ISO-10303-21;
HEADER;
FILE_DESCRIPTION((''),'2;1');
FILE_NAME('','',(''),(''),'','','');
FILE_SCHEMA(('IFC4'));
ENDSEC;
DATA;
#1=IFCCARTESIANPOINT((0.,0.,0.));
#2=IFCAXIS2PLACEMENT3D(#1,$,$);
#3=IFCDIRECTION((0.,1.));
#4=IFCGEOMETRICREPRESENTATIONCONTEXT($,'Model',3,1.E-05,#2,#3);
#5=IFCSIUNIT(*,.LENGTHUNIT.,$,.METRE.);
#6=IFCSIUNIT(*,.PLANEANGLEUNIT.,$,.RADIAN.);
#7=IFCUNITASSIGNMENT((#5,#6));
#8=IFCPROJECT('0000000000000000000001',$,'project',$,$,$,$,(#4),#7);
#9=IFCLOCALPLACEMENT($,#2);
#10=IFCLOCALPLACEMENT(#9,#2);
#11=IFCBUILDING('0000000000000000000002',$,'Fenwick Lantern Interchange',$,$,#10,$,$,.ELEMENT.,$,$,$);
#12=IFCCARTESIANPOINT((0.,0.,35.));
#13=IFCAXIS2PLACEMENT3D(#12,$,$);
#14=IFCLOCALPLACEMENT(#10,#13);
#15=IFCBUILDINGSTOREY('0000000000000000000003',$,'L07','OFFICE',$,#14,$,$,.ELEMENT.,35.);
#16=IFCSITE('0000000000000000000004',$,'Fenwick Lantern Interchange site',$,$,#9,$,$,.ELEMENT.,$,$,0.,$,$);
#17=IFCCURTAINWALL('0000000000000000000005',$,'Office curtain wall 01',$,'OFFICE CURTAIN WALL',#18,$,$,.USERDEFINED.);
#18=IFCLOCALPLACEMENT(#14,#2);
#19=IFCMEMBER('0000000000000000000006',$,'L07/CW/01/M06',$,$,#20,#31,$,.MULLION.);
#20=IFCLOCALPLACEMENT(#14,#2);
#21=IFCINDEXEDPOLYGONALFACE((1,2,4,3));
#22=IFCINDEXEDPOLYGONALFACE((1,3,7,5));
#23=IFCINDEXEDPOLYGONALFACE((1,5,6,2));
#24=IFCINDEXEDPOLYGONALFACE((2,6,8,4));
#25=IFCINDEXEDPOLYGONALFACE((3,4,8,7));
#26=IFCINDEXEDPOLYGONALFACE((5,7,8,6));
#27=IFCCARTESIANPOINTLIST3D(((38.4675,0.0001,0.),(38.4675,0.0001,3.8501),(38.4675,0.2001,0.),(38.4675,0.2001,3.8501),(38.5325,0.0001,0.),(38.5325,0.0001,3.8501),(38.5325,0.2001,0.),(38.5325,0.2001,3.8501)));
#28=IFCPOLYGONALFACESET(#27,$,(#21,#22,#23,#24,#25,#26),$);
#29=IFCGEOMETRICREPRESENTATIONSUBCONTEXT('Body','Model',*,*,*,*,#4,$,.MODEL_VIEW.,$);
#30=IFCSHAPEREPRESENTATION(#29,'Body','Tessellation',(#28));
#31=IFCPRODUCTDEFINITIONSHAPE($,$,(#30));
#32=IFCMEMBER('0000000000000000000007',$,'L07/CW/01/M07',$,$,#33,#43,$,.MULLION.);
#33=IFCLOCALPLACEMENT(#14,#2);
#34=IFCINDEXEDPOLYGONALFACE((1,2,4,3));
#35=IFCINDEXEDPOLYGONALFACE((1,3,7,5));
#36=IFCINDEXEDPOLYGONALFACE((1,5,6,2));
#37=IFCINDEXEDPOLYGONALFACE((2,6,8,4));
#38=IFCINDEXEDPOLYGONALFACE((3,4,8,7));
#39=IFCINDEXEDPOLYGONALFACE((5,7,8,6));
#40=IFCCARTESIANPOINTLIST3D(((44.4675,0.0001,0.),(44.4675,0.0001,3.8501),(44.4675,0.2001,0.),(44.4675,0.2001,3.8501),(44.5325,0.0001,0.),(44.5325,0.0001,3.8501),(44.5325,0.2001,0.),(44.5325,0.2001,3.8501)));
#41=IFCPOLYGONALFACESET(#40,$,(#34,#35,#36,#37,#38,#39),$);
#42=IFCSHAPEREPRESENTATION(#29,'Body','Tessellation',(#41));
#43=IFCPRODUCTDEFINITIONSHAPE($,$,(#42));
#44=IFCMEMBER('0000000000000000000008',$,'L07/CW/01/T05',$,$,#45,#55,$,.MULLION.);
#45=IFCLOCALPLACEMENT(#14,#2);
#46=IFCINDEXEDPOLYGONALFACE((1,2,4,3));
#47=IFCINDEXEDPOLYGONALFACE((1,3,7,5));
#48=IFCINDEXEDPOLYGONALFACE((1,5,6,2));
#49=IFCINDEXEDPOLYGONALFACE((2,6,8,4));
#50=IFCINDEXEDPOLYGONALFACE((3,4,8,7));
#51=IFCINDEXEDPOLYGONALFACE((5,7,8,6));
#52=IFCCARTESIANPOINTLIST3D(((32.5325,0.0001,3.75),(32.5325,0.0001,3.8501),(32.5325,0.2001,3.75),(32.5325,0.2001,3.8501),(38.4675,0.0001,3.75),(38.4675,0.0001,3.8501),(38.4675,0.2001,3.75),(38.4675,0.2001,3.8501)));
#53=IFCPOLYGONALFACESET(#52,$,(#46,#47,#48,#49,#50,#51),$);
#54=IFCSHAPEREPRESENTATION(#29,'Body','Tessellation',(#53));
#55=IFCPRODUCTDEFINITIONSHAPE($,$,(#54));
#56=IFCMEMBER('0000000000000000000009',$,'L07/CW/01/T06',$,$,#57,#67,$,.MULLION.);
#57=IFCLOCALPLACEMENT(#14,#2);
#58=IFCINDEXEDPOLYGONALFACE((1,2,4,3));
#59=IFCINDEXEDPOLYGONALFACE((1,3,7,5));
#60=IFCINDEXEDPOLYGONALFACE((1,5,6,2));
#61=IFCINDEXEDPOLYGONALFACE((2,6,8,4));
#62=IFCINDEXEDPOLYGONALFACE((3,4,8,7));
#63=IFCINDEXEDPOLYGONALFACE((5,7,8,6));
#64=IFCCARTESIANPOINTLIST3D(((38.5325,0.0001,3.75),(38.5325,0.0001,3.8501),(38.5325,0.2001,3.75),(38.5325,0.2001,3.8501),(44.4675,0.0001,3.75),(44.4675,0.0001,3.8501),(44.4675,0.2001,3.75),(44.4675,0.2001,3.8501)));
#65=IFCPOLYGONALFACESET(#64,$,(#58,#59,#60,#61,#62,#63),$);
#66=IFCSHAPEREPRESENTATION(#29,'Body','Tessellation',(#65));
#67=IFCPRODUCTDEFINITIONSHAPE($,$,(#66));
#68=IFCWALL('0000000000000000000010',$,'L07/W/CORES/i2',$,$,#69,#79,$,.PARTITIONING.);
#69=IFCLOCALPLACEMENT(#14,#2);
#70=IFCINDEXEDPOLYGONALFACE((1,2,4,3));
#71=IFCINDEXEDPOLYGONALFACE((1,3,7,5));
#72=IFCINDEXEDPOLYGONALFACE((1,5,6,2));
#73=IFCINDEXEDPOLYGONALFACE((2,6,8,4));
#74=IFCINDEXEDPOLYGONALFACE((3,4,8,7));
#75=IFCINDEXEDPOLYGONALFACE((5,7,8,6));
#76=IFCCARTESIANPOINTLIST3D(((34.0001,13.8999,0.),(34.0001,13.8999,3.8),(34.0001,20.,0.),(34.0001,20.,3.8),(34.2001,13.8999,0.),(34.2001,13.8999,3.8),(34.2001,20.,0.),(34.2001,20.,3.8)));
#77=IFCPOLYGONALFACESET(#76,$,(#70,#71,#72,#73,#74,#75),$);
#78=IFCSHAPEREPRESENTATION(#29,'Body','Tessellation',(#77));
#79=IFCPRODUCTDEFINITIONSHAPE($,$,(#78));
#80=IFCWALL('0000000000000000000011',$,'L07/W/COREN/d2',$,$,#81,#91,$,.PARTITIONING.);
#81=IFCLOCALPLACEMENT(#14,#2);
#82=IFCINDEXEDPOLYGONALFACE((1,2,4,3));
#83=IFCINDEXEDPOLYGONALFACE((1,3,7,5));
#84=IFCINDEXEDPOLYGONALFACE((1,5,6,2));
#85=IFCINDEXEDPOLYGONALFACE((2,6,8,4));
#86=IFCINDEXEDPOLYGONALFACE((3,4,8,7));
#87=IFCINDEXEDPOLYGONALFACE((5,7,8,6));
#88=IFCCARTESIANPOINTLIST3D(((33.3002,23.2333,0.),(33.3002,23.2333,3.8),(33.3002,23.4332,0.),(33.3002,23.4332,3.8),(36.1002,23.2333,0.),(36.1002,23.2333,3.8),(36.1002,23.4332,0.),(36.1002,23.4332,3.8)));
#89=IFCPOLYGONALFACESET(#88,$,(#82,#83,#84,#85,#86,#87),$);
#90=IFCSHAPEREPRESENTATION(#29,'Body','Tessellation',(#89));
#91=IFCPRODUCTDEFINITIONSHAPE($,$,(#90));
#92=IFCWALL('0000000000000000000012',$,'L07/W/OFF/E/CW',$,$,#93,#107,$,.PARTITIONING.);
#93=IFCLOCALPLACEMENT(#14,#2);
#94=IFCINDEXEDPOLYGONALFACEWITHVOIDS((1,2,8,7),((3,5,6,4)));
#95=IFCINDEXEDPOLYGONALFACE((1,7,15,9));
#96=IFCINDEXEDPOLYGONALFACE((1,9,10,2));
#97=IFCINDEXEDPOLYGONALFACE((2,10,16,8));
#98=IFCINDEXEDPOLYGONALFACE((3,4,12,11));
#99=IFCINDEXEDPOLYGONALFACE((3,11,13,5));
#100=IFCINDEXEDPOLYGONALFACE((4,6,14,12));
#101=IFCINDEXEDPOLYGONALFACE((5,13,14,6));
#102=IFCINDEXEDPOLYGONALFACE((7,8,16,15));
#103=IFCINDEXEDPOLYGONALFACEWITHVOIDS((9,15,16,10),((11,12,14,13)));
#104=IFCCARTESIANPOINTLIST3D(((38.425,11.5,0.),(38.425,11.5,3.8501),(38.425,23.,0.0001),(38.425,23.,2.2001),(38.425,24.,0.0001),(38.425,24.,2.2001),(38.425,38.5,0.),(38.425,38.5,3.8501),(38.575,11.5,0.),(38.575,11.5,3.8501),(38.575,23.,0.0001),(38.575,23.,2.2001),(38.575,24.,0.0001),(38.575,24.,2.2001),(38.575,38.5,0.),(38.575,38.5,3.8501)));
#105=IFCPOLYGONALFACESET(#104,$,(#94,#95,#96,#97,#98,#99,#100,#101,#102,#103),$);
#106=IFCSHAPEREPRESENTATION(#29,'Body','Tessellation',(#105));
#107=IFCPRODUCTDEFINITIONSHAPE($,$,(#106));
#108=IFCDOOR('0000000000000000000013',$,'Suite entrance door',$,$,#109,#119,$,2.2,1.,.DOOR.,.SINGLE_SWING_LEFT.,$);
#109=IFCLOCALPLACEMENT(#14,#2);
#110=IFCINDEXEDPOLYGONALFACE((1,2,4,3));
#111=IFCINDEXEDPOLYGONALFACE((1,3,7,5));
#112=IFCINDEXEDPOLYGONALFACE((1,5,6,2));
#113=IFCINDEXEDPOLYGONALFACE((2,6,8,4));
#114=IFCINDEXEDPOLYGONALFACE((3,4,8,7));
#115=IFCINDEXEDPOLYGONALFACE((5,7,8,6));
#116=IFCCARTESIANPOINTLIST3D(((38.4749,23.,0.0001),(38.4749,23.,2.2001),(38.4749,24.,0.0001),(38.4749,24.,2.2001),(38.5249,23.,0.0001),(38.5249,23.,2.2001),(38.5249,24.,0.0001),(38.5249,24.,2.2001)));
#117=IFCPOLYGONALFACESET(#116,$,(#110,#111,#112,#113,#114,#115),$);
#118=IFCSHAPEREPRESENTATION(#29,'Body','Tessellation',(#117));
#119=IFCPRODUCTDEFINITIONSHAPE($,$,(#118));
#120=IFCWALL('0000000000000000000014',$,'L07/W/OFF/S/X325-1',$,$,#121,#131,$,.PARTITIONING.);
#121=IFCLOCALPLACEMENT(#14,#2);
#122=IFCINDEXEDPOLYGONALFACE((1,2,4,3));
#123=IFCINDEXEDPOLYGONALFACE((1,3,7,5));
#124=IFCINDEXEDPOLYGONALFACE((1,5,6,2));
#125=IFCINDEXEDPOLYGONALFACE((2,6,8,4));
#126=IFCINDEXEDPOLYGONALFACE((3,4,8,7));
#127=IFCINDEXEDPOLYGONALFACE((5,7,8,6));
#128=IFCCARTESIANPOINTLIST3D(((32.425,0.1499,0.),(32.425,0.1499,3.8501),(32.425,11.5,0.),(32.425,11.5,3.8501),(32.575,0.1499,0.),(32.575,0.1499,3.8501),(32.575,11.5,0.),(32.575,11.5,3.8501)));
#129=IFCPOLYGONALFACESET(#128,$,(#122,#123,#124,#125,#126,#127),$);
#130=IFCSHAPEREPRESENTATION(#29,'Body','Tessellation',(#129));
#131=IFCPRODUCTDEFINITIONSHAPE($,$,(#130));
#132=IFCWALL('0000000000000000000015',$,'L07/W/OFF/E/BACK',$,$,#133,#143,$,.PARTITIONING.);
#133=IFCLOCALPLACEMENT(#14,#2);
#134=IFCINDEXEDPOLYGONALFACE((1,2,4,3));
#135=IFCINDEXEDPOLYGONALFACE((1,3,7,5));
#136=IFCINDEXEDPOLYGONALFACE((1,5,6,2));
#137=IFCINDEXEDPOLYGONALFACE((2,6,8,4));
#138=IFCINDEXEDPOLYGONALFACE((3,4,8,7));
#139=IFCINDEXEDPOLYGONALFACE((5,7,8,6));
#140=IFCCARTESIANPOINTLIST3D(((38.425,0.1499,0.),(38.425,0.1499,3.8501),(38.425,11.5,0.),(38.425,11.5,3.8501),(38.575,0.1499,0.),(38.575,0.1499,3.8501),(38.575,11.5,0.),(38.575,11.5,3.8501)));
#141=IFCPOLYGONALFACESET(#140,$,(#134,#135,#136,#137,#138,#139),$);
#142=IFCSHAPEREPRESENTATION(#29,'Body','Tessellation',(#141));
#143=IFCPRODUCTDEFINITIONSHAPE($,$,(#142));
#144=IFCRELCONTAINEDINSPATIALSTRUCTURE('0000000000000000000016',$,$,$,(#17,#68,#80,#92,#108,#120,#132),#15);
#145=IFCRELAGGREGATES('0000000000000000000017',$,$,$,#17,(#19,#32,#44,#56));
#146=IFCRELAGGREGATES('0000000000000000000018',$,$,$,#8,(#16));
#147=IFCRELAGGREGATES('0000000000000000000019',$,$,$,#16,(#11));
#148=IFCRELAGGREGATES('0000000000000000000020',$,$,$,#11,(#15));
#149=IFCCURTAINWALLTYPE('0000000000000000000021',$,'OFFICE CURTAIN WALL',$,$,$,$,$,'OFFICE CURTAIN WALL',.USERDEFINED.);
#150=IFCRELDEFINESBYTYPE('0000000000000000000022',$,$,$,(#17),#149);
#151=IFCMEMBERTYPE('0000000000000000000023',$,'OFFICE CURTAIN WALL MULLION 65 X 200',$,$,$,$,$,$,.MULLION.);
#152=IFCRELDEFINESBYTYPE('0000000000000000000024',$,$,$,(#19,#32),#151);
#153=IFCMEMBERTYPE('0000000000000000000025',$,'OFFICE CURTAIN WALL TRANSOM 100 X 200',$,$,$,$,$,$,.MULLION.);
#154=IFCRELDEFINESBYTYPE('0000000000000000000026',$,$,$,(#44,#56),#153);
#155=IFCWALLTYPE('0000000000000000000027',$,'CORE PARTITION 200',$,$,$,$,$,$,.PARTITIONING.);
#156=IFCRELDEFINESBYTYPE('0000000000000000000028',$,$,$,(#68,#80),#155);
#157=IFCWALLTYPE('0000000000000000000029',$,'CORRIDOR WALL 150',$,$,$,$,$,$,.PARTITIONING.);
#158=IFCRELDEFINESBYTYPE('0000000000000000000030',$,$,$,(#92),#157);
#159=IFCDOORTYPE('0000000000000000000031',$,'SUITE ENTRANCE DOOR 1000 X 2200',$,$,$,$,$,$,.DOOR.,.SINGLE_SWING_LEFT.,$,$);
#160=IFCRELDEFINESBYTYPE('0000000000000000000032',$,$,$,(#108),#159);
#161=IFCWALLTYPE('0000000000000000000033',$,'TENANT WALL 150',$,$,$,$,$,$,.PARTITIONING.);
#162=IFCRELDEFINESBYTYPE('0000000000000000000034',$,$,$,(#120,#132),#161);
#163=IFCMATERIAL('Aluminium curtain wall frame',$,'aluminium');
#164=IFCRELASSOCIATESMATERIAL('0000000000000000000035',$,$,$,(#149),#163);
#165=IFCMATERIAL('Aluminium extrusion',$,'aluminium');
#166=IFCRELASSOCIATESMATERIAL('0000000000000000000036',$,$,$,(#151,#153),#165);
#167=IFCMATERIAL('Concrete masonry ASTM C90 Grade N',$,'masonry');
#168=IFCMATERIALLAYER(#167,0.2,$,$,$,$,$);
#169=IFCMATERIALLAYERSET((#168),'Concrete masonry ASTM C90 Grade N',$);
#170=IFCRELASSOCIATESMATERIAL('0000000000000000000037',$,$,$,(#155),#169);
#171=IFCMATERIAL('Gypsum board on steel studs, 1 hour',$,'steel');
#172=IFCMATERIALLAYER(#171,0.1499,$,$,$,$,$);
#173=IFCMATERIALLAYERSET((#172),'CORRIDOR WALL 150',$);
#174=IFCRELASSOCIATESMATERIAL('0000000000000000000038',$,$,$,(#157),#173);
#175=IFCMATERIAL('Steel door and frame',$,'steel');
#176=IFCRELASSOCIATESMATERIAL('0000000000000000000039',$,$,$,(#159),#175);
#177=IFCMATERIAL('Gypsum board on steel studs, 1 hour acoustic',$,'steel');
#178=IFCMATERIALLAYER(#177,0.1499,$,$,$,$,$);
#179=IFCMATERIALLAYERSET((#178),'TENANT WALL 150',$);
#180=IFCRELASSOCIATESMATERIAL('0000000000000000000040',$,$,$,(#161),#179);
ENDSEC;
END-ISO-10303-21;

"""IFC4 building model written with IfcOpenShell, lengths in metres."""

from ifc_helpers import new_model, si_unit, direction, frame, frame_2d, origin, origin_2d, place, context, subcontext, project, spatial, rectangle, extrude, material, layer, layer_set, material_profile, profile_set, type_object, element, fill, aggregate, save


model = new_model("IFC4")

# Units and contexts
model_context = context("Model", 3, precision=1e-05, world=origin(), true_north=direction((0.0, 1.0)))
body_context = subcontext(model_context, "Body", "Model", "MODEL_VIEW")
ifc_project = project(units=[si_unit("LENGTHUNIT", "METRE"), si_unit("PLANEANGLEUNIT", "RADIAN")], contexts=[model_context])

# Site, building, storey
site_placement = place(None, origin())
site = spatial("IfcSite", under=ifc_project, at=site_placement, Name="Fenwick Lantern Interchange site", CompositionType="ELEMENT", RefElevation=0.0)
building_placement = place(site_placement, origin())
building = spatial("IfcBuilding", under=site, at=building_placement, Name="Fenwick Lantern Interchange", CompositionType="ELEMENT")
storey_placement = place(building_placement, frame((0.0, 0.0, 35.0)))
storey = spatial("IfcBuildingStorey", under=building, at=storey_placement, Name="L07", Description="OFFICE", CompositionType="ELEMENT", Elevation=35.0)

# Curtain wall, members
ifc_material_1 = material(Name="Aluminium curtain wall frame", Category="aluminium")
curtain_wall_type = type_object("IfcCurtainWallType", Name="OFFICE CURTAIN WALL", ElementType="OFFICE CURTAIN WALL", PredefinedType="USERDEFINED", material=ifc_material_1)
curtain_wall_placement = place(storey_placement, origin())
curtain_wall = element("IfcCurtainWall", 1, at=curtain_wall_placement, inside=storey, type_object=curtain_wall_type, Name="Office curtain wall 01", ObjectType="OFFICE CURTAIN WALL", PredefinedType="USERDEFINED")
ifc_material_2 = material(Name="Aluminium extrusion", Category="aluminium")
ifc_material_profile_1 = material_profile(ifc_material_2, rectangle(XDim=0.2, YDim=0.0649, at=origin_2d()), Name="OFFICE CURTAIN WALL MULLION 65 X 200")
ifc_profile_set_1 = profile_set([ifc_material_profile_1], Name="Aluminium extrusion")
member_type_1 = type_object("IfcMemberType", Name="OFFICE CURTAIN WALL MULLION 65 X 200", PredefinedType="MULLION", material=ifc_profile_set_1)
member_1_placement = place(storey_placement, frame((38.5, 0.1001, 0.0), z_axis=(0.0, 0.0, 1.0), x_axis=(0.0, 1.0, 0.0)))
member_1 = element("IfcMember", 2, at=member_1_placement, type_object=member_type_1, Name="L07/CW/01/M06", PredefinedType="MULLION", context=body_context, shape_type="SweptSolid", body=[
    extrude(rectangle(XDim=0.2, YDim=0.0649, at=origin_2d()), origin(), (0.0, 0.0, 1.0), 3.8501),
])
member_2_placement = place(storey_placement, frame((44.5, 0.1001, 0.0), z_axis=(0.0, 0.0, 1.0), x_axis=(0.0, 1.0, 0.0)))
member_2 = element("IfcMember", 3, at=member_2_placement, type_object=member_type_1, Name="L07/CW/01/M07", PredefinedType="MULLION", context=body_context, shape_type="SweptSolid", body=[
    extrude(rectangle(XDim=0.2, YDim=0.0649, at=origin_2d()), origin(), (0.0, 0.0, 1.0), 3.8501),
])
ifc_material_profile_2 = material_profile(ifc_material_2, rectangle(XDim=0.2, YDim=0.1001, at=origin_2d()), Name="OFFICE CURTAIN WALL TRANSOM 100 X 200")
ifc_profile_set_2 = profile_set([ifc_material_profile_2], Name="Aluminium extrusion")
member_type_2 = type_object("IfcMemberType", Name="OFFICE CURTAIN WALL TRANSOM 100 X 200", PredefinedType="MULLION", material=ifc_profile_set_2)
member_3_placement = place(storey_placement, frame((32.5325, 0.1001, 3.8), z_axis=(1.0, 0.0, 0.0), x_axis=(0.0, 1.0, 0.0)))
member_3 = element("IfcMember", 4, at=member_3_placement, type_object=member_type_2, Name="L07/CW/01/T05", PredefinedType="MULLION", context=body_context, shape_type="SweptSolid", body=[
    extrude(rectangle(XDim=0.2, YDim=0.1001, at=origin_2d()), origin(), (0.0, 0.0, 1.0), 5.9351),
])
member_4_placement = place(storey_placement, frame((38.5325, 0.1001, 3.8), z_axis=(1.0, 0.0, 0.0), x_axis=(0.0, 1.0, 0.0)))
member_4 = element("IfcMember", 5, at=member_4_placement, type_object=member_type_2, Name="L07/CW/01/T06", PredefinedType="MULLION", context=body_context, shape_type="SweptSolid", body=[
    extrude(rectangle(XDim=0.2, YDim=0.1001, at=origin_2d()), origin(), (0.0, 0.0, 1.0), 5.9351),
])
aggregate(curtain_wall, [member_1, member_2, member_3, member_4])

# Walls
ifc_material_3 = material(Name="Concrete masonry ASTM C90 Grade N", Category="masonry")
ifc_layer_1 = layer(ifc_material_3, 0.2)
ifc_layer_set_1 = layer_set([ifc_layer_1], Name="Concrete masonry ASTM C90 Grade N")
wall_type_1 = type_object("IfcWallType", Name="CORE PARTITION 200", PredefinedType="PARTITIONING", material=ifc_layer_set_1)
wall_1_placement = place(storey_placement, frame((34.1001, 13.8999, 0.0), z_axis=(0.0, 0.0, 1.0), x_axis=(0.0, 1.0, 0.0)))
element("IfcWall", 6, at=wall_1_placement, inside=storey, type_object=wall_type_1, Name="L07/W/CORES/i2", PredefinedType="PARTITIONING", context=body_context, shape_type="SweptSolid", body=[
    extrude(rectangle(XDim=6.1001, YDim=0.2, at=frame_2d((3.05, 0.0))), origin(), (0.0, 0.0, 1.0), 3.8),
])
wall_2_placement = place(storey_placement, frame((36.1001, 23.3333, 0.0), z_axis=(0.0, 0.0, 1.0), x_axis=(-1.0, 0.0, 0.0)))
element("IfcWall", 7, at=wall_2_placement, inside=storey, type_object=wall_type_1, Name="L07/W/COREN/d2", PredefinedType="PARTITIONING", context=body_context, shape_type="SweptSolid", body=[
    extrude(rectangle(XDim=2.8, YDim=0.2, at=frame_2d((1.3999, 0.0))), origin(), (0.0, 0.0, 1.0), 3.8),
])

# Shared definitions
ifc_material_4 = material(Name="Steel door and frame", Category="steel")

# Wall, opening, door
ifc_material_5 = material(Name="Gypsum board on steel studs, 1 hour", Category="steel")
ifc_layer_2 = layer(ifc_material_5, 0.1499)
ifc_layer_set_2 = layer_set([ifc_layer_2], Name="CORRIDOR WALL 150")
wall_type_2 = type_object("IfcWallType", Name="CORRIDOR WALL 150", PredefinedType="PARTITIONING", material=ifc_layer_set_2)
wall_3_placement = place(storey_placement, frame((38.5, 11.5, 0.0), z_axis=(0.0, 0.0, 1.0), x_axis=(0.0, 1.0, 0.0)))
wall_3 = element("IfcWall", 8, at=wall_3_placement, inside=storey, type_object=wall_type_2, Name="L07/W/OFF/E/CW", PredefinedType="PARTITIONING", context=body_context, shape_type="SweptSolid", body=[
    extrude(rectangle(XDim=27.0, YDim=0.1499, at=frame_2d((13.5, 0.0))), origin(), (0.0, 0.0, 1.0), 3.8501),
])
opening_1_placement = place(wall_3_placement, frame((11.5, 0.0, 0.0)))
opening_1 = element("IfcOpeningElement", 9, at=opening_1_placement, cuts=wall_3, PredefinedType="OPENING", context=body_context, shape_type="SweptSolid", body=[
    extrude(rectangle(XDim=1.0, YDim=2.2, at=frame_2d((0.5, 1.1001))), frame((0.0, 0.085, 0.0), z_axis=(0.0, -1.0, 0.0), x_axis=(1.0, 0.0, 0.0)), (0.0, 0.0, 1.0), 0.1699),
])
door_type_1 = type_object("IfcDoorType", Name="SUITE ENTRANCE DOOR 1000 X 2200", OperationType="SINGLE_SWING_LEFT", PredefinedType="DOOR", material=ifc_material_4)
door_1_placement = place(opening_1_placement, frame((1.0, 0.0, 0.0), z_axis=(0.0, 0.0, 1.0), x_axis=(-1.0, 0.0, 0.0)))
door_1 = element("IfcDoor", 10, at=door_1_placement, inside=storey, type_object=door_type_1, Name="Suite entrance door", OperationType="SINGLE_SWING_LEFT", OverallHeight=2.2, OverallWidth=1.0, PredefinedType="DOOR", context=body_context, shape_type="SweptSolid", body=[
    extrude(rectangle(XDim=1.0, YDim=2.2, at=frame_2d((0.5, 1.1001))), frame((0.0, 0.0249, 0.0), z_axis=(0.0, -1.0, 0.0), x_axis=(1.0, 0.0, 0.0)), (0.0, 0.0, 1.0), 0.05),
])
fill(opening_1, door_1)

# Walls
ifc_material_6 = material(Name="Gypsum board on steel studs, 1 hour acoustic", Category="steel")
ifc_layer_3 = layer(ifc_material_6, 0.1499)
ifc_layer_set_3 = layer_set([ifc_layer_3], Name="TENANT WALL 150")
wall_type_3 = type_object("IfcWallType", Name="TENANT WALL 150", PredefinedType="PARTITIONING", material=ifc_layer_set_3)
for number, where, z_axis, x_axis, name in (
    (11, (32.5, 0.1499, 0.0), (0.0, 0.0, 1.0), (0.0, 1.0, 0.0), "L07/W/OFF/S/X325-1"),
    (12, (38.5, 0.1499, 0.0), (0.0, 0.0, 1.0), (0.0, 1.0, 0.0), "L07/W/OFF/E/BACK"),
):
    element("IfcWall", number, at=place(storey_placement, frame(where, z_axis=z_axis, x_axis=x_axis)), inside=storey, type_object=wall_type_3, Name=name, PredefinedType="PARTITIONING", context=body_context, shape_type="SweptSolid", body=[
        extrude(rectangle(XDim=11.3501, YDim=0.1499, at=frame_2d((5.675, 0.0))), origin(), (0.0, 0.0, 1.0), 3.8501),
    ])

save(model, "model.ifc")
